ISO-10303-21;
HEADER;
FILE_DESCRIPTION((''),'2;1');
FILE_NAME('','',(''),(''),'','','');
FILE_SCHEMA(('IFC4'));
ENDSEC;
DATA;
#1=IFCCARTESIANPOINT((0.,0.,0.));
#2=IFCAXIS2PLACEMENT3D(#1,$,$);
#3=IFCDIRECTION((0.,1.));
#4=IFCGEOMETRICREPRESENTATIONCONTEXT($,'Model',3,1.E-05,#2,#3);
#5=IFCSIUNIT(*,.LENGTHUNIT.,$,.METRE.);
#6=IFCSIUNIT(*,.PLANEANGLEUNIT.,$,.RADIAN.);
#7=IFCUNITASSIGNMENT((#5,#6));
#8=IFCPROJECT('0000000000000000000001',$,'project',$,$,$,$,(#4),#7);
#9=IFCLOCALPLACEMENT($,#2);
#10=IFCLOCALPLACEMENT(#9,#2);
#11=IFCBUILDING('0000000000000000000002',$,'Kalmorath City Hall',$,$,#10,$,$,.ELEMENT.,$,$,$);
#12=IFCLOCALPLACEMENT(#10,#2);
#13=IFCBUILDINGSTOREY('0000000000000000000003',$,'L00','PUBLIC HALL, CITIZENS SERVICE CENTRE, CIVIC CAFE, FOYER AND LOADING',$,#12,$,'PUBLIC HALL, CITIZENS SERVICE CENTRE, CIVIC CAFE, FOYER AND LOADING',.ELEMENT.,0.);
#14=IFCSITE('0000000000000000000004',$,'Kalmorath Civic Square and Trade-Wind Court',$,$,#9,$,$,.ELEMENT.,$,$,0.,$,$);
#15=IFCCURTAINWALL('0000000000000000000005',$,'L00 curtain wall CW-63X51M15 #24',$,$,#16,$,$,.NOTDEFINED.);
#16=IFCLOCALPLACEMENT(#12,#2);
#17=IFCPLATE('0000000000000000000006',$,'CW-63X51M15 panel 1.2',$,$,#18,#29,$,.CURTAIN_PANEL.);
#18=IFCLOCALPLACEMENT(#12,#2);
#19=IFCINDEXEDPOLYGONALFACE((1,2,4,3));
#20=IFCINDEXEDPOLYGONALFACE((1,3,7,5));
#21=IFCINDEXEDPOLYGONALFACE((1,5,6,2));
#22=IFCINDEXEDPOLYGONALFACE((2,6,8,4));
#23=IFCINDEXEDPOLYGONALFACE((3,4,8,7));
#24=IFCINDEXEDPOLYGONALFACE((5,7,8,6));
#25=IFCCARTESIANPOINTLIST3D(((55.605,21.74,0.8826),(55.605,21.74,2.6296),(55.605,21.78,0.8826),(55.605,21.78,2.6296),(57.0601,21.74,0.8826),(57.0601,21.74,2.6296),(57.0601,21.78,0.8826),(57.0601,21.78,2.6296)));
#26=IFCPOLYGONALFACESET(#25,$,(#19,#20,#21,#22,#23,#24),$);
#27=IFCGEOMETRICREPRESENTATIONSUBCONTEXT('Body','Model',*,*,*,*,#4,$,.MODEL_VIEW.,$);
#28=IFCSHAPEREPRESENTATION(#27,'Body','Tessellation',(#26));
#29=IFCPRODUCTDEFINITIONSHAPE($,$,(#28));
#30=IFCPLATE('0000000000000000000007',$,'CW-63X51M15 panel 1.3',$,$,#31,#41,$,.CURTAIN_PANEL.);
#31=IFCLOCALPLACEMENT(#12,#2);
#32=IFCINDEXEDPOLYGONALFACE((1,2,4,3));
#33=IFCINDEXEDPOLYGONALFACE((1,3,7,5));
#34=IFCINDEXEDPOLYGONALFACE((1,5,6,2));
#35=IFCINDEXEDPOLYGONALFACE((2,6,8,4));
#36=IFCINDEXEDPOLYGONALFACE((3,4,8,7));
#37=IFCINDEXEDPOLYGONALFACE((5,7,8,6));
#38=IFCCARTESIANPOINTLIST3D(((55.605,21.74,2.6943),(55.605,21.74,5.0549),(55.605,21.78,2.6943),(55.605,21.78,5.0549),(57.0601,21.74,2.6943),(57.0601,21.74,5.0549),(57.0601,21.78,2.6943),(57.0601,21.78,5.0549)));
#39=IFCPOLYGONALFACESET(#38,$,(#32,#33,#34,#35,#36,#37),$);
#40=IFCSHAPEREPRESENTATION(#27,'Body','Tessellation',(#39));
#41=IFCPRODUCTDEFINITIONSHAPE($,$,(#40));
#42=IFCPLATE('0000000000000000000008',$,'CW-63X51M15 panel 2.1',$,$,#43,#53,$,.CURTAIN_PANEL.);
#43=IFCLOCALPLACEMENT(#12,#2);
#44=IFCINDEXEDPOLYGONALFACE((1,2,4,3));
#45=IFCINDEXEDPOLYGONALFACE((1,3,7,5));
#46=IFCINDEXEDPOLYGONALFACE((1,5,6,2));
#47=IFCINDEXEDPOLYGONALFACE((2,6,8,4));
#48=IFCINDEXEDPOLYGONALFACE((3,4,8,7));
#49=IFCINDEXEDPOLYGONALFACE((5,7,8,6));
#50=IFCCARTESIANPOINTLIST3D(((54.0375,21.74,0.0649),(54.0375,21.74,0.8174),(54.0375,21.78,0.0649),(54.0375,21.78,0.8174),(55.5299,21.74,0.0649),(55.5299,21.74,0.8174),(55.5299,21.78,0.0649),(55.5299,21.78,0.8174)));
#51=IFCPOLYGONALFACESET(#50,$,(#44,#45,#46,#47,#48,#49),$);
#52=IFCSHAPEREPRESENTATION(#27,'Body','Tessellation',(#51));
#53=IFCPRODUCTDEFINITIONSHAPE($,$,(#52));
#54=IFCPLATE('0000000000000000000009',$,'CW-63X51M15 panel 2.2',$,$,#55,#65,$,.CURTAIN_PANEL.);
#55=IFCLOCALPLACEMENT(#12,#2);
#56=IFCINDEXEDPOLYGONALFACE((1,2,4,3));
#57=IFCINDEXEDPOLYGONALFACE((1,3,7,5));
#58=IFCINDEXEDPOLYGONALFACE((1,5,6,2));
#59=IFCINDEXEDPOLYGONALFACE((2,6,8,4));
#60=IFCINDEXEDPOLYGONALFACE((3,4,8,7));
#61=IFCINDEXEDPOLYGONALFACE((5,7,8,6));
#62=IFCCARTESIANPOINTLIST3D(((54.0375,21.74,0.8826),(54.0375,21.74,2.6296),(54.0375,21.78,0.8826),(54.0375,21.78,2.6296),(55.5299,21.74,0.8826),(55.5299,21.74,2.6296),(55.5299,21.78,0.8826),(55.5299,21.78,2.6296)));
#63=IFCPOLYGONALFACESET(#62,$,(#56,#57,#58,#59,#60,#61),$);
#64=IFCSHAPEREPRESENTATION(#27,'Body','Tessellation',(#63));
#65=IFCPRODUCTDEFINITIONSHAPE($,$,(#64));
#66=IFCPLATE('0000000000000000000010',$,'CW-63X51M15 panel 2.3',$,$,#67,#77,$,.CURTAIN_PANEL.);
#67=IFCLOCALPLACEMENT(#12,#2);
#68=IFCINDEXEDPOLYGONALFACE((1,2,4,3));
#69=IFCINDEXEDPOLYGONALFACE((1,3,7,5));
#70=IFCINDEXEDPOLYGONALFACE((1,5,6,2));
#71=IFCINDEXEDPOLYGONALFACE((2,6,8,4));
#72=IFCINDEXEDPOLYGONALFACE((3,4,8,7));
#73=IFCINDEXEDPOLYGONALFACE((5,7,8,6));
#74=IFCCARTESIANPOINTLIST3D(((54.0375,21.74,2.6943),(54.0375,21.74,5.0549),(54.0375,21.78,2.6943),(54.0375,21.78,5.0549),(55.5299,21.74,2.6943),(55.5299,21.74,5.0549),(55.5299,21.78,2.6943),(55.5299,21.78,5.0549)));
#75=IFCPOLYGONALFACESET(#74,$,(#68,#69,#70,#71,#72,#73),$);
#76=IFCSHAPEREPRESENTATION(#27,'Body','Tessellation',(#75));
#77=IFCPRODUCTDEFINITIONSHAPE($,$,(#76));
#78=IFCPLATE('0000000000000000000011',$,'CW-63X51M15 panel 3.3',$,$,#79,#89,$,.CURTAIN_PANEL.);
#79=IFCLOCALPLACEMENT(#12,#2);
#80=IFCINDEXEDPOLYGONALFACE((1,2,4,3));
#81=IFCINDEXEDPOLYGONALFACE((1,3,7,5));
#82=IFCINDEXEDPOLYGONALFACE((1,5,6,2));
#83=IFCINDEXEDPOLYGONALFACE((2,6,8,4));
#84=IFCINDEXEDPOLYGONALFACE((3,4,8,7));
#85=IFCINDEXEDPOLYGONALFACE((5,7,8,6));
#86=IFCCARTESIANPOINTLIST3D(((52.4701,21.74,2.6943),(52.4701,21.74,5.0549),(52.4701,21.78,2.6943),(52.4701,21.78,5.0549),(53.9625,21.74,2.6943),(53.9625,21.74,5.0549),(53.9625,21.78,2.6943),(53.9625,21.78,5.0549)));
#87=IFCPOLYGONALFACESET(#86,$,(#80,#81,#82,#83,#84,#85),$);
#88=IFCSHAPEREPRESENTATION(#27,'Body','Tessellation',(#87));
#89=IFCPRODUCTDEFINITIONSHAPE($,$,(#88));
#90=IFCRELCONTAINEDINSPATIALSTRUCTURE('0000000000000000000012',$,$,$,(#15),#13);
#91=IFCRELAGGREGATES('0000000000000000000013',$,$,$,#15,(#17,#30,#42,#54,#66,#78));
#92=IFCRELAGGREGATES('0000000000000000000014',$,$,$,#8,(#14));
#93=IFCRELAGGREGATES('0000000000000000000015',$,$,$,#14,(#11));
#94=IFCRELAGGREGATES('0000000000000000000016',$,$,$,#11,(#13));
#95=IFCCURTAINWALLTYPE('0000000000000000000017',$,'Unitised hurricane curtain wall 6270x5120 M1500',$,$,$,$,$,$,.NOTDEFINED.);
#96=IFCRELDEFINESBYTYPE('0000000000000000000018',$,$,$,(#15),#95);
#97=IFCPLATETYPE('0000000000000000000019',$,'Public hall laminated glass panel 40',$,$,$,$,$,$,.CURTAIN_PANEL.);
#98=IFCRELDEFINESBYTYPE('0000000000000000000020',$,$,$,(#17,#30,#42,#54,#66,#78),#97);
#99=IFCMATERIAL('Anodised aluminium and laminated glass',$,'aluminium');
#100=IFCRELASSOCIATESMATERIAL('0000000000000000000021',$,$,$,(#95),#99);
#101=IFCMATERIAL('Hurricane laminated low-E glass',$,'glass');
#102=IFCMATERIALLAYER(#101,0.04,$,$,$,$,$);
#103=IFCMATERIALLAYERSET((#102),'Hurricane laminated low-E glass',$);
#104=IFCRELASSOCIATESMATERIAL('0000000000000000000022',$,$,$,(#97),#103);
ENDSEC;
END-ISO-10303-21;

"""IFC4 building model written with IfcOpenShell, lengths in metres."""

from ifc_helpers import new_model, si_unit, direction, frame, origin, origin_2d, place, context, subcontext, project, spatial, rectangle, extrude, material, layer, layer_set, type_object, element, aggregate, save


model = new_model("IFC4")

# Units and contexts
model_context = context("Model", 3, precision=1e-05, world=origin(), true_north=direction((0.0, 1.0)))
body_context = subcontext(model_context, "Body", "Model", "MODEL_VIEW")
ifc_project = project(units=[si_unit("LENGTHUNIT", "METRE"), si_unit("PLANEANGLEUNIT", "RADIAN")], contexts=[model_context])

# Site, building, storey
site_placement = place(None, origin())
site = spatial("IfcSite", under=ifc_project, at=site_placement, Name="Kalmorath Civic Square and Trade-Wind Court", CompositionType="ELEMENT", RefElevation=0.0)
building_placement = place(site_placement, origin())
building = spatial("IfcBuilding", under=site, at=building_placement, Name="Kalmorath City Hall", CompositionType="ELEMENT")
storey_placement = place(building_placement, origin())
storey = spatial("IfcBuildingStorey", under=building, at=storey_placement, Name="L00", Description="PUBLIC HALL, CITIZENS SERVICE CENTRE, CIVIC CAFE, FOYER AND LOADING", LongName="PUBLIC HALL, CITIZENS SERVICE CENTRE, CIVIC CAFE, FOYER AND LOADING", CompositionType="ELEMENT", Elevation=0.0)

# Curtain wall
ifc_material_1 = material(Name="Anodised aluminium and laminated glass", Category="aluminium")
curtain_wall_type = type_object("IfcCurtainWallType", Name="Unitised hurricane curtain wall 6270x5120 M1500", PredefinedType="NOTDEFINED", material=ifc_material_1)
curtain_wall_placement = place(storey_placement, origin())
curtain_wall = element("IfcCurtainWall", 1, at=curtain_wall_placement, inside=storey, type_object=curtain_wall_type, Name="L00 curtain wall CW-63X51M15 #24", PredefinedType="NOTDEFINED")

# Plates
ifc_material_2 = material(Name="Hurricane laminated low-E glass", Category="glass")
ifc_layer_1 = layer(ifc_material_2, 0.04)
ifc_layer_set_1 = layer_set([ifc_layer_1], Name="Hurricane laminated low-E glass")
plate_type = type_object("IfcPlateType", Name="Public hall laminated glass panel 40", PredefinedType="CURTAIN_PANEL", material=ifc_layer_set_1)
plate_1_placement = place(storey_placement, frame((56.3325, 21.76, 0.8826), z_axis=(0.0, 0.0, 1.0), x_axis=(-1.0, 0.0, 0.0)))
plate_1 = element("IfcPlate", 2, at=plate_1_placement, type_object=plate_type, Name="CW-63X51M15 panel 1.2", PredefinedType="CURTAIN_PANEL", context=body_context, shape_type="SweptSolid", body=[
    extrude(rectangle(XDim=1.4551, YDim=0.04, at=origin_2d()), origin(), (0.0, 0.0, 1.0), 1.7471),
])
plate_2_placement = place(storey_placement, frame((56.3325, 21.76, 2.6943), z_axis=(0.0, 0.0, 1.0), x_axis=(-1.0, 0.0, 0.0)))
plate_2 = element("IfcPlate", 3, at=plate_2_placement, type_object=plate_type, Name="CW-63X51M15 panel 1.3", PredefinedType="CURTAIN_PANEL", context=body_context, shape_type="SweptSolid", body=[
    extrude(rectangle(XDim=1.4551, YDim=0.04, at=origin_2d()), origin(), (0.0, 0.0, 1.0), 2.3606),
])
plate_3_placement = place(storey_placement, frame((54.7837, 21.76, 0.0649), z_axis=(0.0, 0.0, 1.0), x_axis=(-1.0, 0.0, 0.0)))
plate_3 = element("IfcPlate", 4, at=plate_3_placement, type_object=plate_type, Name="CW-63X51M15 panel 2.1", PredefinedType="CURTAIN_PANEL", context=body_context, shape_type="SweptSolid", body=[
    extrude(rectangle(XDim=1.4924, YDim=0.04, at=origin_2d()), origin(), (0.0, 0.0, 1.0), 0.7524),
])
plate_4_placement = place(storey_placement, frame((54.7837, 21.76, 0.8826), z_axis=(0.0, 0.0, 1.0), x_axis=(-1.0, 0.0, 0.0)))
plate_4 = element("IfcPlate", 5, at=plate_4_placement, type_object=plate_type, Name="CW-63X51M15 panel 2.2", PredefinedType="CURTAIN_PANEL", context=body_context, shape_type="SweptSolid", body=[
    extrude(rectangle(XDim=1.4924, YDim=0.04, at=origin_2d()), origin(), (0.0, 0.0, 1.0), 1.7471),
])
plate_5_placement = place(storey_placement, frame((54.7837, 21.76, 2.6943), z_axis=(0.0, 0.0, 1.0), x_axis=(-1.0, 0.0, 0.0)))
plate_5 = element("IfcPlate", 6, at=plate_5_placement, type_object=plate_type, Name="CW-63X51M15 panel 2.3", PredefinedType="CURTAIN_PANEL", context=body_context, shape_type="SweptSolid", body=[
    extrude(rectangle(XDim=1.4924, YDim=0.04, at=origin_2d()), origin(), (0.0, 0.0, 1.0), 2.3606),
])
plate_6_placement = place(storey_placement, frame((53.2163, 21.76, 2.6943), z_axis=(0.0, 0.0, 1.0), x_axis=(-1.0, 0.0, 0.0)))
plate_6 = element("IfcPlate", 7, at=plate_6_placement, type_object=plate_type, Name="CW-63X51M15 panel 3.3", PredefinedType="CURTAIN_PANEL", context=body_context, shape_type="SweptSolid", body=[
    extrude(rectangle(XDim=1.4924, YDim=0.04, at=origin_2d()), origin(), (0.0, 0.0, 1.0), 2.3606),
])
aggregate(curtain_wall, [plate_1, plate_2, plate_3, plate_4, plate_5, plate_6])

save(model, "model.ifc")
